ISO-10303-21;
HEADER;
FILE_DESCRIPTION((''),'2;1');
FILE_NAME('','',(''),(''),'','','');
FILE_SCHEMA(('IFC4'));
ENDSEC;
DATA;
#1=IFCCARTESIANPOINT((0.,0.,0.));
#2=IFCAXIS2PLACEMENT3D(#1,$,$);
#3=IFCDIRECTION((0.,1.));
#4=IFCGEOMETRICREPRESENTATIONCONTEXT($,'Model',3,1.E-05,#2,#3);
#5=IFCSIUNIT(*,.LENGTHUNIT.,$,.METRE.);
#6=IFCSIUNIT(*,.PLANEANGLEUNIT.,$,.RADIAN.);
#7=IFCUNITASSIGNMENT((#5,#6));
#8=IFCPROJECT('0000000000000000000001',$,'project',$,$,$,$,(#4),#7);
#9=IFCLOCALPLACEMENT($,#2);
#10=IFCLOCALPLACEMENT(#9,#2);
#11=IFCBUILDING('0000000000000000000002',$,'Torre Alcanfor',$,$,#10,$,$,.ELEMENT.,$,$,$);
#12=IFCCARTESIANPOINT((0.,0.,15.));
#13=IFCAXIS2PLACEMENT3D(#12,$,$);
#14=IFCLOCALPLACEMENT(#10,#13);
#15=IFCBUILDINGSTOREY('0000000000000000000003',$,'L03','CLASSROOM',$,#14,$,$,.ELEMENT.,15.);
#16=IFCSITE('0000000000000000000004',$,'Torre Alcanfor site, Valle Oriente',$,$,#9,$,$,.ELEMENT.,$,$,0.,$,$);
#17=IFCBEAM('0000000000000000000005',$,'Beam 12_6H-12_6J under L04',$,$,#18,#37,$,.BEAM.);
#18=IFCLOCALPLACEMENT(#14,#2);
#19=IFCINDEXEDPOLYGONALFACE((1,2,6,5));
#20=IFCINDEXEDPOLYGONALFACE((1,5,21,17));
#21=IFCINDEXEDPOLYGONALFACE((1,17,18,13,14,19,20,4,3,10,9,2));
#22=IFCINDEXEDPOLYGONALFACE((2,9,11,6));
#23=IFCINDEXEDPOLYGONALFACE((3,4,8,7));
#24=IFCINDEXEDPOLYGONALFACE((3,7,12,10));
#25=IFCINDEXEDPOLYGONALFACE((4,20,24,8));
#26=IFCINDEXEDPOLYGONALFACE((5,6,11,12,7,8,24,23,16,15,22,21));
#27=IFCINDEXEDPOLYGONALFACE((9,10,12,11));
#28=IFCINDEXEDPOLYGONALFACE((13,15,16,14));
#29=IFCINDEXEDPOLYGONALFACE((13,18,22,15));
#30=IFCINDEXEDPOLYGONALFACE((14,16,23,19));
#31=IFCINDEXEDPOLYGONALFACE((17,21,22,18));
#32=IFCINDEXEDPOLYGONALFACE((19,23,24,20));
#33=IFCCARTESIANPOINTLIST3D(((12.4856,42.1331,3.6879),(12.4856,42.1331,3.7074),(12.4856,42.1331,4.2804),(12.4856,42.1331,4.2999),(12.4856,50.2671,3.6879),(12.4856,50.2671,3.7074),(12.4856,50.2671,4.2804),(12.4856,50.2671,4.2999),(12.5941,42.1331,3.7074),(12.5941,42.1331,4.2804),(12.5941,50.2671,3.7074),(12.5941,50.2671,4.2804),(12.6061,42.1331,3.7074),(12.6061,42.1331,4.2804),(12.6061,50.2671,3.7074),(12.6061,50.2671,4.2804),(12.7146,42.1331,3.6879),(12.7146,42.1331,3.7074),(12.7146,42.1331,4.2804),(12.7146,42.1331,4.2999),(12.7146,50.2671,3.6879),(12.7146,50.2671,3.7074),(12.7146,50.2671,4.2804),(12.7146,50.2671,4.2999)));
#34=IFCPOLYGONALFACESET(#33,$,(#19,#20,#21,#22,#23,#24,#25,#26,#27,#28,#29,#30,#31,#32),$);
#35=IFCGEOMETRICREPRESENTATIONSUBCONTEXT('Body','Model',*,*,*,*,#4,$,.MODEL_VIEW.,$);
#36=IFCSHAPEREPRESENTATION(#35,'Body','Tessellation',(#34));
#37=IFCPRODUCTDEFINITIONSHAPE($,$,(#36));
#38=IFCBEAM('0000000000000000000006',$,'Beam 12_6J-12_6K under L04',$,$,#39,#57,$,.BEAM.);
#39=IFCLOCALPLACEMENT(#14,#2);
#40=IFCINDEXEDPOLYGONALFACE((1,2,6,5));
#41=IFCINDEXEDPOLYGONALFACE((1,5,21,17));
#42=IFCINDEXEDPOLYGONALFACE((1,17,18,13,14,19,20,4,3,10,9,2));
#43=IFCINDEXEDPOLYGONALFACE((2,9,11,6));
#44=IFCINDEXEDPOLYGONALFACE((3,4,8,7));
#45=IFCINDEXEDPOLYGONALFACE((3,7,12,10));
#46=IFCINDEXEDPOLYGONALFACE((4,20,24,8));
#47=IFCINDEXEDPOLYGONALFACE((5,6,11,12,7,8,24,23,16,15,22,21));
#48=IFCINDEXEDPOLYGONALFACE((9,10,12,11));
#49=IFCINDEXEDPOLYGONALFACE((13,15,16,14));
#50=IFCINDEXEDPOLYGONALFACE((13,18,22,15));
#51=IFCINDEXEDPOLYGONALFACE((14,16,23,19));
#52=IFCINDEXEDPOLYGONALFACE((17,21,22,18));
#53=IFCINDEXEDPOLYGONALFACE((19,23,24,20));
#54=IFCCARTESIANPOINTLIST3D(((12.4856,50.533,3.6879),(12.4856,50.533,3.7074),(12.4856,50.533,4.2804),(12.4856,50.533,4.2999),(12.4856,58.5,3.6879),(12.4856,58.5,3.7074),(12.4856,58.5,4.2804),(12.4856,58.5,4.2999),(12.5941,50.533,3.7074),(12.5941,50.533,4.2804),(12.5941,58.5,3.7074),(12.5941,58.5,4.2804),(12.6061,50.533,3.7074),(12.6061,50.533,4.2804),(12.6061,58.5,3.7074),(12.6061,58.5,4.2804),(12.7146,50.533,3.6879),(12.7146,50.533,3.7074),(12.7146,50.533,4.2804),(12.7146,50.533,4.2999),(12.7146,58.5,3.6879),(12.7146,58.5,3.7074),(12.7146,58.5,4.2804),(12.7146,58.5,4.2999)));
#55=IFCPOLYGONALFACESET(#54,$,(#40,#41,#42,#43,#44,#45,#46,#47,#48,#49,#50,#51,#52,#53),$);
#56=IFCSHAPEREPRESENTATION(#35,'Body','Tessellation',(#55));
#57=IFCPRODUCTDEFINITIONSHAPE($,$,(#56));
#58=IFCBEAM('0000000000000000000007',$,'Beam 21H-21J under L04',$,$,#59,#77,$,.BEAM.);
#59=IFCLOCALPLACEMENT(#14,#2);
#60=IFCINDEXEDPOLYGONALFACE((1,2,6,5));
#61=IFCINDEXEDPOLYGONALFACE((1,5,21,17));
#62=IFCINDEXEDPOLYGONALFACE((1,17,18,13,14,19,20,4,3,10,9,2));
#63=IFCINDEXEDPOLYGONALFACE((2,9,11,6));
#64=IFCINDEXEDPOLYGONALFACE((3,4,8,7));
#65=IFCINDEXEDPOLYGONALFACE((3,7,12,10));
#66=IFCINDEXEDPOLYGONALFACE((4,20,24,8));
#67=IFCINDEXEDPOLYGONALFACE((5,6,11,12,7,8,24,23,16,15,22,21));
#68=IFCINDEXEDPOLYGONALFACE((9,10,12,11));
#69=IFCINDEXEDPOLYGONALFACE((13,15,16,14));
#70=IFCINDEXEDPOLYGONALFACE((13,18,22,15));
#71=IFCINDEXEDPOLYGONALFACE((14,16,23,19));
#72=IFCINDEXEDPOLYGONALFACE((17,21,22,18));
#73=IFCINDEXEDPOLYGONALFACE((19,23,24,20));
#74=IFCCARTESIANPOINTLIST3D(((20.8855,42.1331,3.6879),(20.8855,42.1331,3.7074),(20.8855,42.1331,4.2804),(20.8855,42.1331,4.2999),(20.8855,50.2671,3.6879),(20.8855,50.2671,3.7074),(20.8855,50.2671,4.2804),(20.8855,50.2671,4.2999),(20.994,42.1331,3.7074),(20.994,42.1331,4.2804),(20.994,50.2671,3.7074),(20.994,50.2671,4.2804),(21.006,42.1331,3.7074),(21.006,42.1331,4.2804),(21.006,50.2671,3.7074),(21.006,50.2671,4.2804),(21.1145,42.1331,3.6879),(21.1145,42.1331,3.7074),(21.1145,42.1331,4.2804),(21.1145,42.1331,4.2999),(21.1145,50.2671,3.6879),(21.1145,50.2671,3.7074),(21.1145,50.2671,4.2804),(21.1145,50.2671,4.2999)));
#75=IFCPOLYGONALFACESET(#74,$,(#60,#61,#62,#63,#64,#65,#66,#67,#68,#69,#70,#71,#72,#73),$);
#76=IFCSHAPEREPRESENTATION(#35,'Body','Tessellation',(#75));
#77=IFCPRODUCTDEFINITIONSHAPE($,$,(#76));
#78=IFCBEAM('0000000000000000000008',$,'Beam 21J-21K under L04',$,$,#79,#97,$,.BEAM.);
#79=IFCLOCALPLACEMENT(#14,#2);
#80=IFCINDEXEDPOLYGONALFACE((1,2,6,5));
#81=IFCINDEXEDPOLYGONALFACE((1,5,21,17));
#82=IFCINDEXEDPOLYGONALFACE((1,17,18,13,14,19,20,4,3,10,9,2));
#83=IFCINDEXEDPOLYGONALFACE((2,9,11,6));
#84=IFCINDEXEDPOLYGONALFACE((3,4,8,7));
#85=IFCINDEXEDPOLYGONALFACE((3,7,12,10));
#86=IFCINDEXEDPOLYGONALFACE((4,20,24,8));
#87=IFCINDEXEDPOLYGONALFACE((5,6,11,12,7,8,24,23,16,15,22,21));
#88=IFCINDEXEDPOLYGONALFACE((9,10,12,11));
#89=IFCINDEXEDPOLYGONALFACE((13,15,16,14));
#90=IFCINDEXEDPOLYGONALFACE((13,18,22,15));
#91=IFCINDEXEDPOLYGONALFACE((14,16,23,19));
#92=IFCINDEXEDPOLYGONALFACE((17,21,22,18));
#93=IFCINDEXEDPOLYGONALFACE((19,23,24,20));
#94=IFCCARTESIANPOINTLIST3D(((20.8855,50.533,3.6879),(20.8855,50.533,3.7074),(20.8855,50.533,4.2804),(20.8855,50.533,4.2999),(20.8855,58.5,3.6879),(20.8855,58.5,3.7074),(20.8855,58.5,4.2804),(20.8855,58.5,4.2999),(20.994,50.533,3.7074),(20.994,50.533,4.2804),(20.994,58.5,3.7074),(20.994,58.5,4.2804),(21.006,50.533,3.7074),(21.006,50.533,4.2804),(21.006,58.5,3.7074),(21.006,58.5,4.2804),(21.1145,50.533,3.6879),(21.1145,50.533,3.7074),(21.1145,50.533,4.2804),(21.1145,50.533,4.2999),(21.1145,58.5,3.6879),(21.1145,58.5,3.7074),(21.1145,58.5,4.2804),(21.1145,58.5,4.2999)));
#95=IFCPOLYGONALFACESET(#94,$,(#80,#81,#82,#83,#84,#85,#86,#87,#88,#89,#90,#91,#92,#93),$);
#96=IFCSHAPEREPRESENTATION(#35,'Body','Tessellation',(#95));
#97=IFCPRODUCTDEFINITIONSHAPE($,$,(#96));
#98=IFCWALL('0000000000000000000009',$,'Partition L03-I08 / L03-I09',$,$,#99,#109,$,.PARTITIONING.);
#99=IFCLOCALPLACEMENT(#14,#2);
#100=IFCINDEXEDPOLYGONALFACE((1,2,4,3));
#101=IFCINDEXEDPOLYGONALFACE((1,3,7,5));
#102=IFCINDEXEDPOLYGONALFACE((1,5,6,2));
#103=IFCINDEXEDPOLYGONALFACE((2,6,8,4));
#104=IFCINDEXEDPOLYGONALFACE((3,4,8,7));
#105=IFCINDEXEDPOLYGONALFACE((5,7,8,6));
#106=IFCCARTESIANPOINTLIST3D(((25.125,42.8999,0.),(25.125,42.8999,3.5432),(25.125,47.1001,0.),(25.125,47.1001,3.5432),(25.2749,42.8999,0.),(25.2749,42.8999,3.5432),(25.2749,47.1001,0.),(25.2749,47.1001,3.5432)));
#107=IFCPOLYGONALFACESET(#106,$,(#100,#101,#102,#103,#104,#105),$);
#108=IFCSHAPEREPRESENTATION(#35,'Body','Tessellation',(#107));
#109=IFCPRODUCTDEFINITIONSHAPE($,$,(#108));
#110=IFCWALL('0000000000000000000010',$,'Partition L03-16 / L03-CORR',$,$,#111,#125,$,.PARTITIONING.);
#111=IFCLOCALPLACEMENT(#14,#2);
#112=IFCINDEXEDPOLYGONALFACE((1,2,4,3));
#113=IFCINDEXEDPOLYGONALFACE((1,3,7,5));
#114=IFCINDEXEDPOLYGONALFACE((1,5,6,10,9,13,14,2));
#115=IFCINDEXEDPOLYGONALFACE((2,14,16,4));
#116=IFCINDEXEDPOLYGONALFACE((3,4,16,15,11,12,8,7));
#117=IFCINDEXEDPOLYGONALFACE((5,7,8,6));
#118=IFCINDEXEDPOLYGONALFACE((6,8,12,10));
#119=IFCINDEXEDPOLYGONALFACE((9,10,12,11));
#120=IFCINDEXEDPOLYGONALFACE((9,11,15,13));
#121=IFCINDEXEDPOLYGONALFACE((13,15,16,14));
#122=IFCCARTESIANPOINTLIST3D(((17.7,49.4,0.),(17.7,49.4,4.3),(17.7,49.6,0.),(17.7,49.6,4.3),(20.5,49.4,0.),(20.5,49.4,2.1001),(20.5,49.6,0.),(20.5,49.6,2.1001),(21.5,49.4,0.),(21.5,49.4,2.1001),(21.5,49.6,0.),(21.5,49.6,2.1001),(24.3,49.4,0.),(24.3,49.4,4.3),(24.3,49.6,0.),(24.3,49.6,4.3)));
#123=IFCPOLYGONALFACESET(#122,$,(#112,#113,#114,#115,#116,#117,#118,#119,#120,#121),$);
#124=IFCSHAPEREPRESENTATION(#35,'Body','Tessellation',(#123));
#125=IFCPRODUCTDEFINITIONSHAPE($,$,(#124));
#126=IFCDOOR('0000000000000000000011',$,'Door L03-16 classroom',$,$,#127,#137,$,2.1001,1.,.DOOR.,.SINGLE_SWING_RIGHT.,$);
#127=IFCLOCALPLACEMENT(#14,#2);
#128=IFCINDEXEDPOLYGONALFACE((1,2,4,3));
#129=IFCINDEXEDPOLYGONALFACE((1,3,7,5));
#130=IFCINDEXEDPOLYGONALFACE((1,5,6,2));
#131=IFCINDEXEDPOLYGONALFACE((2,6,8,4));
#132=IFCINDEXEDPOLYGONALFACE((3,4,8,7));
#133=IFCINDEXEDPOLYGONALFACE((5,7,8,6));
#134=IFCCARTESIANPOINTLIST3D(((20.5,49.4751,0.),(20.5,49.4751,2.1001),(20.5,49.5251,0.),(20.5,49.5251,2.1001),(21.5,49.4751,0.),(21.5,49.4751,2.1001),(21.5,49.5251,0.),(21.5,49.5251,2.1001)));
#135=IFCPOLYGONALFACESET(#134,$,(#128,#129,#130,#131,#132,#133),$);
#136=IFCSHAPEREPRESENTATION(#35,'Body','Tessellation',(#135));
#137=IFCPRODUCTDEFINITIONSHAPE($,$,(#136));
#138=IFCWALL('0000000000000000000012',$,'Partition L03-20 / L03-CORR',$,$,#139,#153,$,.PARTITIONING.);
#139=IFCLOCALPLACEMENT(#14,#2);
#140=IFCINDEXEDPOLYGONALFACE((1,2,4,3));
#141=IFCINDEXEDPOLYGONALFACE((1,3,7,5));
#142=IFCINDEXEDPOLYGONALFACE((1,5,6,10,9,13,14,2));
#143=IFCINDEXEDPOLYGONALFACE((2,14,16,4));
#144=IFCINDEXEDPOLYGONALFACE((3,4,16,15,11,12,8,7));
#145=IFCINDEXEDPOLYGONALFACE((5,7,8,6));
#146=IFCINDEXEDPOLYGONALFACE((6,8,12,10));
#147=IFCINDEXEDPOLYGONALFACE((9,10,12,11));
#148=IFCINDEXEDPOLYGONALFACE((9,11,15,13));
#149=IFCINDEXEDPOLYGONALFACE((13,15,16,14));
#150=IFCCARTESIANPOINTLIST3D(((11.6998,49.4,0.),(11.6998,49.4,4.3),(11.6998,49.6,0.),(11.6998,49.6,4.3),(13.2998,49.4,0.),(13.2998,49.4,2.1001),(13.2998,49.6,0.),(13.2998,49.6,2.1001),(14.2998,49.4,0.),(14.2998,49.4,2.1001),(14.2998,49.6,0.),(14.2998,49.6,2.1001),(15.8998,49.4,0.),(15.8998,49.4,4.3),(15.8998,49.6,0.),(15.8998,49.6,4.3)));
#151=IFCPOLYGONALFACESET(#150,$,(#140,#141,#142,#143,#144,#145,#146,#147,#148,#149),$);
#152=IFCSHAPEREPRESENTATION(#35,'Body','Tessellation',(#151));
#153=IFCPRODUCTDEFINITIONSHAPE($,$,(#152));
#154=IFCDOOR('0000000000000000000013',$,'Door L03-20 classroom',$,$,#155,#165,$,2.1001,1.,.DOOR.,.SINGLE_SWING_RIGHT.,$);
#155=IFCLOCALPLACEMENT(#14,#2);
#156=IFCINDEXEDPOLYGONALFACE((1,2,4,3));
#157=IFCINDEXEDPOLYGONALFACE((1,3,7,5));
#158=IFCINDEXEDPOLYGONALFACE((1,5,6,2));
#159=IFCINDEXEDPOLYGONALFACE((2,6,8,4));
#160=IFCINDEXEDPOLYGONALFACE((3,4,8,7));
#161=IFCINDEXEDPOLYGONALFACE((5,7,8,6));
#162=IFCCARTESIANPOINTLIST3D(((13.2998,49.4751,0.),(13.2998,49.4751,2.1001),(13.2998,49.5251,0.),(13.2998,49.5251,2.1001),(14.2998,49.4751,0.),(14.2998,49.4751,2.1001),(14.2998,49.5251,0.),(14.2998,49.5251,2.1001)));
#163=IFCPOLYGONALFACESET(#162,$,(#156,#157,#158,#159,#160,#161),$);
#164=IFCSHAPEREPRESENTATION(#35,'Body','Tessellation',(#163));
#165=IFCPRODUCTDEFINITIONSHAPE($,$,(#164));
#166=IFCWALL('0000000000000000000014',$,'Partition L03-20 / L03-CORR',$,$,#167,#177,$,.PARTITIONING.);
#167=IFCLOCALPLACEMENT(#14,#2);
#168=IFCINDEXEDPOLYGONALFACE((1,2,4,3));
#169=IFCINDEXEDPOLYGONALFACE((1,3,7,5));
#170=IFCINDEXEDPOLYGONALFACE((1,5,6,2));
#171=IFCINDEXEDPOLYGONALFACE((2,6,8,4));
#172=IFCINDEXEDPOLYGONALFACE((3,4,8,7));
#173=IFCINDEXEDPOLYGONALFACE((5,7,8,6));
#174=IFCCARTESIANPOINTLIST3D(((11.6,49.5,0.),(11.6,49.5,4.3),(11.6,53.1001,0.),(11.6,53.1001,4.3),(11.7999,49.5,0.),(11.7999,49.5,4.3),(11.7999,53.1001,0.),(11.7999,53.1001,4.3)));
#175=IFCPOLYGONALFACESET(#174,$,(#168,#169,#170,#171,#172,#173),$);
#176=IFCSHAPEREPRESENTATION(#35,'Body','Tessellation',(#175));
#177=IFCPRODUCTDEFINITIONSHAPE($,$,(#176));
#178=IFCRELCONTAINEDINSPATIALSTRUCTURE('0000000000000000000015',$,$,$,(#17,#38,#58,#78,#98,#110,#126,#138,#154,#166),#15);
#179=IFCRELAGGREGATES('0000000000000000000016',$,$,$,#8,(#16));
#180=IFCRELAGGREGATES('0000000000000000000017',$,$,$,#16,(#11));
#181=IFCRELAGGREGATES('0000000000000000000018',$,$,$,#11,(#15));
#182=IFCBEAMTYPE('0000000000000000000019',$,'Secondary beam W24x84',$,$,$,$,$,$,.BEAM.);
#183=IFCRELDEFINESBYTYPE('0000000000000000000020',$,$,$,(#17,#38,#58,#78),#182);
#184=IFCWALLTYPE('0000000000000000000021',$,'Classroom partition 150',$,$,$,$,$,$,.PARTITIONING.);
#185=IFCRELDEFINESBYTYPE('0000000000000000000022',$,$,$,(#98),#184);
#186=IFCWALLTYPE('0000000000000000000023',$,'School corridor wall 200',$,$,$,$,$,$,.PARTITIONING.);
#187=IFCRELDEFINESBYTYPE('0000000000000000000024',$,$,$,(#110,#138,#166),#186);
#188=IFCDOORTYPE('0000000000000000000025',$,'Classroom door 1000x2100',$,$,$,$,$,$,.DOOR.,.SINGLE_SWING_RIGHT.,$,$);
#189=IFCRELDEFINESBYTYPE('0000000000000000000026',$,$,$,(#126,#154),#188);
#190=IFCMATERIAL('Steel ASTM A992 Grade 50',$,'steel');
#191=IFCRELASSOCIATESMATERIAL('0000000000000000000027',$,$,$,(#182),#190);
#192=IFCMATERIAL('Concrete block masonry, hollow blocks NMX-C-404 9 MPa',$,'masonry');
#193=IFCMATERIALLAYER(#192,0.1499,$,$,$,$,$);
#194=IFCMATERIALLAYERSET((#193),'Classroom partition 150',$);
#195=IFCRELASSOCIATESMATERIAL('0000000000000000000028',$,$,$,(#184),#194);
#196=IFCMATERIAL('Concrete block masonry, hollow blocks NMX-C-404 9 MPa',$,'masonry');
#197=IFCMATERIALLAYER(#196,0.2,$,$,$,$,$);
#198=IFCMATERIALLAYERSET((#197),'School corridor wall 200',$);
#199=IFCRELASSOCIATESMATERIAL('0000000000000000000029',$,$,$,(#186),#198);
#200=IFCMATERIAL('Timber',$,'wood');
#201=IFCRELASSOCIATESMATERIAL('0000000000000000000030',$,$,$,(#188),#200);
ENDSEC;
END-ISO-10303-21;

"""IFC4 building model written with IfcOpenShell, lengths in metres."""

from ifc_helpers import new_model, si_unit, direction, frame, frame_2d, origin, origin_2d, place, context, subcontext, project, spatial, rectangle, i_section, extrude, material, layer, layer_set, material_profile, profile_set, type_object, element, fill, save


model = new_model("IFC4")

# Units and contexts
model_context = context("Model", 3, precision=1e-05, world=origin(), true_north=direction((0.0, 1.0)))
body_context = subcontext(model_context, "Body", "Model", "MODEL_VIEW")
ifc_project = project(units=[si_unit("LENGTHUNIT", "METRE"), si_unit("PLANEANGLEUNIT", "RADIAN")], contexts=[model_context])

# Site, building, storey
site_placement = place(None, origin())
site = spatial("IfcSite", under=ifc_project, at=site_placement, Name="Torre Alcanfor site, Valle Oriente", CompositionType="ELEMENT", RefElevation=0.0)
building_placement = place(site_placement, origin())
building = spatial("IfcBuilding", under=site, at=building_placement, Name="Torre Alcanfor", CompositionType="ELEMENT")
storey_placement = place(building_placement, frame((0.0, 0.0, 15.0)))
storey = spatial("IfcBuildingStorey", under=building, at=storey_placement, Name="L03", Description="CLASSROOM", CompositionType="ELEMENT", Elevation=15.0)

# Beams
ifc_material_1 = material(Name="Steel ASTM A992 Grade 50", Category="steel")
ifc_material_profile_1 = material_profile(ifc_material_1, i_section(OverallWidth=0.229, OverallDepth=0.6121, WebThickness=0.012, FlangeThickness=0.0195, at=origin_2d()), Name="W24x84")
ifc_profile_set_1 = profile_set([ifc_material_profile_1], Name="Steel ASTM A992 Grade 50")
beam_type_1 = type_object("IfcBeamType", Name="Secondary beam W24x84", PredefinedType="BEAM", material=ifc_profile_set_1)
beam_1_placement = place(storey_placement, frame((12.6001, 42.1331, 3.9939), z_axis=(0.0, 1.0, 0.0), x_axis=(-1.0, 0.0, 0.0)))
element("IfcBeam", 1, at=beam_1_placement, inside=storey, type_object=beam_type_1, Name="Beam 12_6H-12_6J under L04", PredefinedType="BEAM", context=body_context, shape_type="SweptSolid", body=[
    extrude(i_section(OverallWidth=0.229, OverallDepth=0.6121, WebThickness=0.012, FlangeThickness=0.0195, at=origin_2d()), origin(), (0.0, 0.0, 1.0), 8.134),
])
beam_2_placement = place(storey_placement, frame((12.6001, 50.533, 3.9939), z_axis=(0.0, 1.0, 0.0), x_axis=(-1.0, 0.0, 0.0)))
element("IfcBeam", 2, at=beam_2_placement, inside=storey, type_object=beam_type_1, Name="Beam 12_6J-12_6K under L04", PredefinedType="BEAM", context=body_context, shape_type="SweptSolid", body=[
    extrude(i_section(OverallWidth=0.229, OverallDepth=0.6121, WebThickness=0.012, FlangeThickness=0.0195, at=origin_2d()), origin(), (0.0, 0.0, 1.0), 7.967),
])
beam_3_placement = place(storey_placement, frame((21.0, 42.1331, 3.9939), z_axis=(0.0, 1.0, 0.0), x_axis=(-1.0, 0.0, 0.0)))
element("IfcBeam", 3, at=beam_3_placement, inside=storey, type_object=beam_type_1, Name="Beam 21H-21J under L04", PredefinedType="BEAM", context=body_context, shape_type="SweptSolid", body=[
    extrude(i_section(OverallWidth=0.229, OverallDepth=0.6121, WebThickness=0.012, FlangeThickness=0.0195, at=origin_2d()), origin(), (0.0, 0.0, 1.0), 8.134),
])
beam_4_placement = place(storey_placement, frame((21.0, 50.533, 3.9939), z_axis=(0.0, 1.0, 0.0), x_axis=(-1.0, 0.0, 0.0)))
element("IfcBeam", 4, at=beam_4_placement, inside=storey, type_object=beam_type_1, Name="Beam 21J-21K under L04", PredefinedType="BEAM", context=body_context, shape_type="SweptSolid", body=[
    extrude(i_section(OverallWidth=0.229, OverallDepth=0.6121, WebThickness=0.012, FlangeThickness=0.0195, at=origin_2d()), origin(), (0.0, 0.0, 1.0), 7.967),
])

# Wall
ifc_material_2 = material(Name="Concrete block masonry, hollow blocks NMX-C-404 9 MPa", Category="masonry")
ifc_layer_1 = layer(ifc_material_2, 0.1499)
ifc_layer_set_1 = layer_set([ifc_layer_1], Name="Classroom partition 150")
wall_type_1 = type_object("IfcWallType", Name="Classroom partition 150", PredefinedType="PARTITIONING", material=ifc_layer_set_1)
wall_1_placement = place(storey_placement, frame((25.2, 47.1001, 0.0), z_axis=(0.0, 0.0, 1.0), x_axis=(0.0, -1.0, 0.0)))
element("IfcWall", 5, at=wall_1_placement, inside=storey, type_object=wall_type_1, Name="Partition L03-I08 / L03-I09", PredefinedType="PARTITIONING", context=body_context, shape_type="SweptSolid", body=[
    extrude(rectangle(XDim=4.2002, YDim=0.1499, at=frame_2d((2.1001, 0.0))), origin(), (0.0, 0.0, 1.0), 3.5432),
])

# Walls, openings, doors
ifc_material_3 = material(Name="Concrete block masonry, hollow blocks NMX-C-404 9 MPa", Category="masonry")
ifc_layer_2 = layer(ifc_material_3, 0.2)
ifc_layer_set_2 = layer_set([ifc_layer_2], Name="School corridor wall 200")
wall_type_2 = type_object("IfcWallType", Name="School corridor wall 200", PredefinedType="PARTITIONING", material=ifc_layer_set_2)
wall_2_placement = place(storey_placement, frame((24.3, 49.5, 0.0), z_axis=(0.0, 0.0, 1.0), x_axis=(-1.0, 0.0, 0.0)))
wall_2 = element("IfcWall", 6, at=wall_2_placement, inside=storey, type_object=wall_type_2, Name="Partition L03-16 / L03-CORR", PredefinedType="PARTITIONING", context=body_context, shape_type="SweptSolid", body=[
    extrude(rectangle(XDim=6.6001, YDim=0.2, at=frame_2d((3.3, 0.0))), origin(), (0.0, 0.0, 1.0), 4.3),
])
opening_1_placement = place(wall_2_placement, frame((2.8, 0.0, 0.0)))
opening_1 = element("IfcOpeningElement", 7, at=opening_1_placement, cuts=wall_2, PredefinedType="OPENING", context=body_context, shape_type="SweptSolid", body=[
    extrude(rectangle(XDim=1.0, YDim=2.1001, at=frame_2d((0.5, 1.05))), frame((0.0, 0.1099, 0.0), z_axis=(0.0, -1.0, 0.0), x_axis=(1.0, 0.0, 0.0)), (0.0, 0.0, 1.0), 0.22),
])
ifc_material_4 = material(Name="Timber", Category="wood")
door_type = type_object("IfcDoorType", Name="Classroom door 1000x2100", OperationType="SINGLE_SWING_RIGHT", PredefinedType="DOOR", material=ifc_material_4)
door_1_placement = place(opening_1_placement, frame((1.0, 0.0, 0.0), z_axis=(0.0, 0.0, 1.0), x_axis=(-1.0, 0.0, 0.0)))
door_1 = element("IfcDoor", 8, at=door_1_placement, inside=storey, type_object=door_type, Name="Door L03-16 classroom", OperationType="SINGLE_SWING_RIGHT", OverallHeight=2.1001, OverallWidth=1.0, PredefinedType="DOOR", context=body_context, shape_type="SweptSolid", body=[
    extrude(rectangle(XDim=1.0, YDim=2.1001, at=frame_2d((0.5, 1.05))), frame((0.0, 0.0251, 0.0), z_axis=(0.0, -1.0, 0.0), x_axis=(1.0, 0.0, 0.0)), (0.0, 0.0, 1.0), 0.05),
])
fill(opening_1, door_1)
wall_3_placement = place(storey_placement, frame((15.8999, 49.5, 0.0), z_axis=(0.0, 0.0, 1.0), x_axis=(-1.0, 0.0, 0.0)))
wall_3 = element("IfcWall", 9, at=wall_3_placement, inside=storey, type_object=wall_type_2, Name="Partition L03-20 / L03-CORR", PredefinedType="PARTITIONING", context=body_context, shape_type="SweptSolid", body=[
    extrude(rectangle(XDim=4.2, YDim=0.2, at=frame_2d((2.1001, 0.0))), origin(), (0.0, 0.0, 1.0), 4.3),
])
opening_2_placement = place(wall_3_placement, frame((1.6001, 0.0, 0.0)))
opening_2 = element("IfcOpeningElement", 10, at=opening_2_placement, cuts=wall_3, PredefinedType="OPENING", context=body_context, shape_type="SweptSolid", body=[
    extrude(rectangle(XDim=1.0, YDim=2.1001, at=frame_2d((0.5, 1.05))), frame((0.0, 0.1099, 0.0), z_axis=(0.0, -1.0, 0.0), x_axis=(1.0, 0.0, 0.0)), (0.0, 0.0, 1.0), 0.22),
])
door_2_placement = place(opening_2_placement, frame((1.0, 0.0, 0.0), z_axis=(0.0, 0.0, 1.0), x_axis=(-1.0, 0.0, 0.0)))
door_2 = element("IfcDoor", 11, at=door_2_placement, inside=storey, type_object=door_type, Name="Door L03-20 classroom", OperationType="SINGLE_SWING_RIGHT", OverallHeight=2.1001, OverallWidth=1.0, PredefinedType="DOOR", context=body_context, shape_type="SweptSolid", body=[
    extrude(rectangle(XDim=1.0, YDim=2.1001, at=frame_2d((0.5, 1.05))), frame((0.0, 0.0251, 0.0), z_axis=(0.0, -1.0, 0.0), x_axis=(1.0, 0.0, 0.0)), (0.0, 0.0, 1.0), 0.05),
])
fill(opening_2, door_2)

# Wall
wall_4_placement = place(storey_placement, frame((11.7, 49.5, 0.0), z_axis=(0.0, 0.0, 1.0), x_axis=(0.0, 1.0, 0.0)))
element("IfcWall", 12, at=wall_4_placement, inside=storey, type_object=wall_type_2, Name="Partition L03-20 / L03-CORR", PredefinedType="PARTITIONING", context=body_context, shape_type="SweptSolid", body=[
    extrude(rectangle(XDim=3.6001, YDim=0.2, at=frame_2d((1.8, 0.0))), origin(), (0.0, 0.0, 1.0), 4.3),
])

save(model, "model.ifc")
